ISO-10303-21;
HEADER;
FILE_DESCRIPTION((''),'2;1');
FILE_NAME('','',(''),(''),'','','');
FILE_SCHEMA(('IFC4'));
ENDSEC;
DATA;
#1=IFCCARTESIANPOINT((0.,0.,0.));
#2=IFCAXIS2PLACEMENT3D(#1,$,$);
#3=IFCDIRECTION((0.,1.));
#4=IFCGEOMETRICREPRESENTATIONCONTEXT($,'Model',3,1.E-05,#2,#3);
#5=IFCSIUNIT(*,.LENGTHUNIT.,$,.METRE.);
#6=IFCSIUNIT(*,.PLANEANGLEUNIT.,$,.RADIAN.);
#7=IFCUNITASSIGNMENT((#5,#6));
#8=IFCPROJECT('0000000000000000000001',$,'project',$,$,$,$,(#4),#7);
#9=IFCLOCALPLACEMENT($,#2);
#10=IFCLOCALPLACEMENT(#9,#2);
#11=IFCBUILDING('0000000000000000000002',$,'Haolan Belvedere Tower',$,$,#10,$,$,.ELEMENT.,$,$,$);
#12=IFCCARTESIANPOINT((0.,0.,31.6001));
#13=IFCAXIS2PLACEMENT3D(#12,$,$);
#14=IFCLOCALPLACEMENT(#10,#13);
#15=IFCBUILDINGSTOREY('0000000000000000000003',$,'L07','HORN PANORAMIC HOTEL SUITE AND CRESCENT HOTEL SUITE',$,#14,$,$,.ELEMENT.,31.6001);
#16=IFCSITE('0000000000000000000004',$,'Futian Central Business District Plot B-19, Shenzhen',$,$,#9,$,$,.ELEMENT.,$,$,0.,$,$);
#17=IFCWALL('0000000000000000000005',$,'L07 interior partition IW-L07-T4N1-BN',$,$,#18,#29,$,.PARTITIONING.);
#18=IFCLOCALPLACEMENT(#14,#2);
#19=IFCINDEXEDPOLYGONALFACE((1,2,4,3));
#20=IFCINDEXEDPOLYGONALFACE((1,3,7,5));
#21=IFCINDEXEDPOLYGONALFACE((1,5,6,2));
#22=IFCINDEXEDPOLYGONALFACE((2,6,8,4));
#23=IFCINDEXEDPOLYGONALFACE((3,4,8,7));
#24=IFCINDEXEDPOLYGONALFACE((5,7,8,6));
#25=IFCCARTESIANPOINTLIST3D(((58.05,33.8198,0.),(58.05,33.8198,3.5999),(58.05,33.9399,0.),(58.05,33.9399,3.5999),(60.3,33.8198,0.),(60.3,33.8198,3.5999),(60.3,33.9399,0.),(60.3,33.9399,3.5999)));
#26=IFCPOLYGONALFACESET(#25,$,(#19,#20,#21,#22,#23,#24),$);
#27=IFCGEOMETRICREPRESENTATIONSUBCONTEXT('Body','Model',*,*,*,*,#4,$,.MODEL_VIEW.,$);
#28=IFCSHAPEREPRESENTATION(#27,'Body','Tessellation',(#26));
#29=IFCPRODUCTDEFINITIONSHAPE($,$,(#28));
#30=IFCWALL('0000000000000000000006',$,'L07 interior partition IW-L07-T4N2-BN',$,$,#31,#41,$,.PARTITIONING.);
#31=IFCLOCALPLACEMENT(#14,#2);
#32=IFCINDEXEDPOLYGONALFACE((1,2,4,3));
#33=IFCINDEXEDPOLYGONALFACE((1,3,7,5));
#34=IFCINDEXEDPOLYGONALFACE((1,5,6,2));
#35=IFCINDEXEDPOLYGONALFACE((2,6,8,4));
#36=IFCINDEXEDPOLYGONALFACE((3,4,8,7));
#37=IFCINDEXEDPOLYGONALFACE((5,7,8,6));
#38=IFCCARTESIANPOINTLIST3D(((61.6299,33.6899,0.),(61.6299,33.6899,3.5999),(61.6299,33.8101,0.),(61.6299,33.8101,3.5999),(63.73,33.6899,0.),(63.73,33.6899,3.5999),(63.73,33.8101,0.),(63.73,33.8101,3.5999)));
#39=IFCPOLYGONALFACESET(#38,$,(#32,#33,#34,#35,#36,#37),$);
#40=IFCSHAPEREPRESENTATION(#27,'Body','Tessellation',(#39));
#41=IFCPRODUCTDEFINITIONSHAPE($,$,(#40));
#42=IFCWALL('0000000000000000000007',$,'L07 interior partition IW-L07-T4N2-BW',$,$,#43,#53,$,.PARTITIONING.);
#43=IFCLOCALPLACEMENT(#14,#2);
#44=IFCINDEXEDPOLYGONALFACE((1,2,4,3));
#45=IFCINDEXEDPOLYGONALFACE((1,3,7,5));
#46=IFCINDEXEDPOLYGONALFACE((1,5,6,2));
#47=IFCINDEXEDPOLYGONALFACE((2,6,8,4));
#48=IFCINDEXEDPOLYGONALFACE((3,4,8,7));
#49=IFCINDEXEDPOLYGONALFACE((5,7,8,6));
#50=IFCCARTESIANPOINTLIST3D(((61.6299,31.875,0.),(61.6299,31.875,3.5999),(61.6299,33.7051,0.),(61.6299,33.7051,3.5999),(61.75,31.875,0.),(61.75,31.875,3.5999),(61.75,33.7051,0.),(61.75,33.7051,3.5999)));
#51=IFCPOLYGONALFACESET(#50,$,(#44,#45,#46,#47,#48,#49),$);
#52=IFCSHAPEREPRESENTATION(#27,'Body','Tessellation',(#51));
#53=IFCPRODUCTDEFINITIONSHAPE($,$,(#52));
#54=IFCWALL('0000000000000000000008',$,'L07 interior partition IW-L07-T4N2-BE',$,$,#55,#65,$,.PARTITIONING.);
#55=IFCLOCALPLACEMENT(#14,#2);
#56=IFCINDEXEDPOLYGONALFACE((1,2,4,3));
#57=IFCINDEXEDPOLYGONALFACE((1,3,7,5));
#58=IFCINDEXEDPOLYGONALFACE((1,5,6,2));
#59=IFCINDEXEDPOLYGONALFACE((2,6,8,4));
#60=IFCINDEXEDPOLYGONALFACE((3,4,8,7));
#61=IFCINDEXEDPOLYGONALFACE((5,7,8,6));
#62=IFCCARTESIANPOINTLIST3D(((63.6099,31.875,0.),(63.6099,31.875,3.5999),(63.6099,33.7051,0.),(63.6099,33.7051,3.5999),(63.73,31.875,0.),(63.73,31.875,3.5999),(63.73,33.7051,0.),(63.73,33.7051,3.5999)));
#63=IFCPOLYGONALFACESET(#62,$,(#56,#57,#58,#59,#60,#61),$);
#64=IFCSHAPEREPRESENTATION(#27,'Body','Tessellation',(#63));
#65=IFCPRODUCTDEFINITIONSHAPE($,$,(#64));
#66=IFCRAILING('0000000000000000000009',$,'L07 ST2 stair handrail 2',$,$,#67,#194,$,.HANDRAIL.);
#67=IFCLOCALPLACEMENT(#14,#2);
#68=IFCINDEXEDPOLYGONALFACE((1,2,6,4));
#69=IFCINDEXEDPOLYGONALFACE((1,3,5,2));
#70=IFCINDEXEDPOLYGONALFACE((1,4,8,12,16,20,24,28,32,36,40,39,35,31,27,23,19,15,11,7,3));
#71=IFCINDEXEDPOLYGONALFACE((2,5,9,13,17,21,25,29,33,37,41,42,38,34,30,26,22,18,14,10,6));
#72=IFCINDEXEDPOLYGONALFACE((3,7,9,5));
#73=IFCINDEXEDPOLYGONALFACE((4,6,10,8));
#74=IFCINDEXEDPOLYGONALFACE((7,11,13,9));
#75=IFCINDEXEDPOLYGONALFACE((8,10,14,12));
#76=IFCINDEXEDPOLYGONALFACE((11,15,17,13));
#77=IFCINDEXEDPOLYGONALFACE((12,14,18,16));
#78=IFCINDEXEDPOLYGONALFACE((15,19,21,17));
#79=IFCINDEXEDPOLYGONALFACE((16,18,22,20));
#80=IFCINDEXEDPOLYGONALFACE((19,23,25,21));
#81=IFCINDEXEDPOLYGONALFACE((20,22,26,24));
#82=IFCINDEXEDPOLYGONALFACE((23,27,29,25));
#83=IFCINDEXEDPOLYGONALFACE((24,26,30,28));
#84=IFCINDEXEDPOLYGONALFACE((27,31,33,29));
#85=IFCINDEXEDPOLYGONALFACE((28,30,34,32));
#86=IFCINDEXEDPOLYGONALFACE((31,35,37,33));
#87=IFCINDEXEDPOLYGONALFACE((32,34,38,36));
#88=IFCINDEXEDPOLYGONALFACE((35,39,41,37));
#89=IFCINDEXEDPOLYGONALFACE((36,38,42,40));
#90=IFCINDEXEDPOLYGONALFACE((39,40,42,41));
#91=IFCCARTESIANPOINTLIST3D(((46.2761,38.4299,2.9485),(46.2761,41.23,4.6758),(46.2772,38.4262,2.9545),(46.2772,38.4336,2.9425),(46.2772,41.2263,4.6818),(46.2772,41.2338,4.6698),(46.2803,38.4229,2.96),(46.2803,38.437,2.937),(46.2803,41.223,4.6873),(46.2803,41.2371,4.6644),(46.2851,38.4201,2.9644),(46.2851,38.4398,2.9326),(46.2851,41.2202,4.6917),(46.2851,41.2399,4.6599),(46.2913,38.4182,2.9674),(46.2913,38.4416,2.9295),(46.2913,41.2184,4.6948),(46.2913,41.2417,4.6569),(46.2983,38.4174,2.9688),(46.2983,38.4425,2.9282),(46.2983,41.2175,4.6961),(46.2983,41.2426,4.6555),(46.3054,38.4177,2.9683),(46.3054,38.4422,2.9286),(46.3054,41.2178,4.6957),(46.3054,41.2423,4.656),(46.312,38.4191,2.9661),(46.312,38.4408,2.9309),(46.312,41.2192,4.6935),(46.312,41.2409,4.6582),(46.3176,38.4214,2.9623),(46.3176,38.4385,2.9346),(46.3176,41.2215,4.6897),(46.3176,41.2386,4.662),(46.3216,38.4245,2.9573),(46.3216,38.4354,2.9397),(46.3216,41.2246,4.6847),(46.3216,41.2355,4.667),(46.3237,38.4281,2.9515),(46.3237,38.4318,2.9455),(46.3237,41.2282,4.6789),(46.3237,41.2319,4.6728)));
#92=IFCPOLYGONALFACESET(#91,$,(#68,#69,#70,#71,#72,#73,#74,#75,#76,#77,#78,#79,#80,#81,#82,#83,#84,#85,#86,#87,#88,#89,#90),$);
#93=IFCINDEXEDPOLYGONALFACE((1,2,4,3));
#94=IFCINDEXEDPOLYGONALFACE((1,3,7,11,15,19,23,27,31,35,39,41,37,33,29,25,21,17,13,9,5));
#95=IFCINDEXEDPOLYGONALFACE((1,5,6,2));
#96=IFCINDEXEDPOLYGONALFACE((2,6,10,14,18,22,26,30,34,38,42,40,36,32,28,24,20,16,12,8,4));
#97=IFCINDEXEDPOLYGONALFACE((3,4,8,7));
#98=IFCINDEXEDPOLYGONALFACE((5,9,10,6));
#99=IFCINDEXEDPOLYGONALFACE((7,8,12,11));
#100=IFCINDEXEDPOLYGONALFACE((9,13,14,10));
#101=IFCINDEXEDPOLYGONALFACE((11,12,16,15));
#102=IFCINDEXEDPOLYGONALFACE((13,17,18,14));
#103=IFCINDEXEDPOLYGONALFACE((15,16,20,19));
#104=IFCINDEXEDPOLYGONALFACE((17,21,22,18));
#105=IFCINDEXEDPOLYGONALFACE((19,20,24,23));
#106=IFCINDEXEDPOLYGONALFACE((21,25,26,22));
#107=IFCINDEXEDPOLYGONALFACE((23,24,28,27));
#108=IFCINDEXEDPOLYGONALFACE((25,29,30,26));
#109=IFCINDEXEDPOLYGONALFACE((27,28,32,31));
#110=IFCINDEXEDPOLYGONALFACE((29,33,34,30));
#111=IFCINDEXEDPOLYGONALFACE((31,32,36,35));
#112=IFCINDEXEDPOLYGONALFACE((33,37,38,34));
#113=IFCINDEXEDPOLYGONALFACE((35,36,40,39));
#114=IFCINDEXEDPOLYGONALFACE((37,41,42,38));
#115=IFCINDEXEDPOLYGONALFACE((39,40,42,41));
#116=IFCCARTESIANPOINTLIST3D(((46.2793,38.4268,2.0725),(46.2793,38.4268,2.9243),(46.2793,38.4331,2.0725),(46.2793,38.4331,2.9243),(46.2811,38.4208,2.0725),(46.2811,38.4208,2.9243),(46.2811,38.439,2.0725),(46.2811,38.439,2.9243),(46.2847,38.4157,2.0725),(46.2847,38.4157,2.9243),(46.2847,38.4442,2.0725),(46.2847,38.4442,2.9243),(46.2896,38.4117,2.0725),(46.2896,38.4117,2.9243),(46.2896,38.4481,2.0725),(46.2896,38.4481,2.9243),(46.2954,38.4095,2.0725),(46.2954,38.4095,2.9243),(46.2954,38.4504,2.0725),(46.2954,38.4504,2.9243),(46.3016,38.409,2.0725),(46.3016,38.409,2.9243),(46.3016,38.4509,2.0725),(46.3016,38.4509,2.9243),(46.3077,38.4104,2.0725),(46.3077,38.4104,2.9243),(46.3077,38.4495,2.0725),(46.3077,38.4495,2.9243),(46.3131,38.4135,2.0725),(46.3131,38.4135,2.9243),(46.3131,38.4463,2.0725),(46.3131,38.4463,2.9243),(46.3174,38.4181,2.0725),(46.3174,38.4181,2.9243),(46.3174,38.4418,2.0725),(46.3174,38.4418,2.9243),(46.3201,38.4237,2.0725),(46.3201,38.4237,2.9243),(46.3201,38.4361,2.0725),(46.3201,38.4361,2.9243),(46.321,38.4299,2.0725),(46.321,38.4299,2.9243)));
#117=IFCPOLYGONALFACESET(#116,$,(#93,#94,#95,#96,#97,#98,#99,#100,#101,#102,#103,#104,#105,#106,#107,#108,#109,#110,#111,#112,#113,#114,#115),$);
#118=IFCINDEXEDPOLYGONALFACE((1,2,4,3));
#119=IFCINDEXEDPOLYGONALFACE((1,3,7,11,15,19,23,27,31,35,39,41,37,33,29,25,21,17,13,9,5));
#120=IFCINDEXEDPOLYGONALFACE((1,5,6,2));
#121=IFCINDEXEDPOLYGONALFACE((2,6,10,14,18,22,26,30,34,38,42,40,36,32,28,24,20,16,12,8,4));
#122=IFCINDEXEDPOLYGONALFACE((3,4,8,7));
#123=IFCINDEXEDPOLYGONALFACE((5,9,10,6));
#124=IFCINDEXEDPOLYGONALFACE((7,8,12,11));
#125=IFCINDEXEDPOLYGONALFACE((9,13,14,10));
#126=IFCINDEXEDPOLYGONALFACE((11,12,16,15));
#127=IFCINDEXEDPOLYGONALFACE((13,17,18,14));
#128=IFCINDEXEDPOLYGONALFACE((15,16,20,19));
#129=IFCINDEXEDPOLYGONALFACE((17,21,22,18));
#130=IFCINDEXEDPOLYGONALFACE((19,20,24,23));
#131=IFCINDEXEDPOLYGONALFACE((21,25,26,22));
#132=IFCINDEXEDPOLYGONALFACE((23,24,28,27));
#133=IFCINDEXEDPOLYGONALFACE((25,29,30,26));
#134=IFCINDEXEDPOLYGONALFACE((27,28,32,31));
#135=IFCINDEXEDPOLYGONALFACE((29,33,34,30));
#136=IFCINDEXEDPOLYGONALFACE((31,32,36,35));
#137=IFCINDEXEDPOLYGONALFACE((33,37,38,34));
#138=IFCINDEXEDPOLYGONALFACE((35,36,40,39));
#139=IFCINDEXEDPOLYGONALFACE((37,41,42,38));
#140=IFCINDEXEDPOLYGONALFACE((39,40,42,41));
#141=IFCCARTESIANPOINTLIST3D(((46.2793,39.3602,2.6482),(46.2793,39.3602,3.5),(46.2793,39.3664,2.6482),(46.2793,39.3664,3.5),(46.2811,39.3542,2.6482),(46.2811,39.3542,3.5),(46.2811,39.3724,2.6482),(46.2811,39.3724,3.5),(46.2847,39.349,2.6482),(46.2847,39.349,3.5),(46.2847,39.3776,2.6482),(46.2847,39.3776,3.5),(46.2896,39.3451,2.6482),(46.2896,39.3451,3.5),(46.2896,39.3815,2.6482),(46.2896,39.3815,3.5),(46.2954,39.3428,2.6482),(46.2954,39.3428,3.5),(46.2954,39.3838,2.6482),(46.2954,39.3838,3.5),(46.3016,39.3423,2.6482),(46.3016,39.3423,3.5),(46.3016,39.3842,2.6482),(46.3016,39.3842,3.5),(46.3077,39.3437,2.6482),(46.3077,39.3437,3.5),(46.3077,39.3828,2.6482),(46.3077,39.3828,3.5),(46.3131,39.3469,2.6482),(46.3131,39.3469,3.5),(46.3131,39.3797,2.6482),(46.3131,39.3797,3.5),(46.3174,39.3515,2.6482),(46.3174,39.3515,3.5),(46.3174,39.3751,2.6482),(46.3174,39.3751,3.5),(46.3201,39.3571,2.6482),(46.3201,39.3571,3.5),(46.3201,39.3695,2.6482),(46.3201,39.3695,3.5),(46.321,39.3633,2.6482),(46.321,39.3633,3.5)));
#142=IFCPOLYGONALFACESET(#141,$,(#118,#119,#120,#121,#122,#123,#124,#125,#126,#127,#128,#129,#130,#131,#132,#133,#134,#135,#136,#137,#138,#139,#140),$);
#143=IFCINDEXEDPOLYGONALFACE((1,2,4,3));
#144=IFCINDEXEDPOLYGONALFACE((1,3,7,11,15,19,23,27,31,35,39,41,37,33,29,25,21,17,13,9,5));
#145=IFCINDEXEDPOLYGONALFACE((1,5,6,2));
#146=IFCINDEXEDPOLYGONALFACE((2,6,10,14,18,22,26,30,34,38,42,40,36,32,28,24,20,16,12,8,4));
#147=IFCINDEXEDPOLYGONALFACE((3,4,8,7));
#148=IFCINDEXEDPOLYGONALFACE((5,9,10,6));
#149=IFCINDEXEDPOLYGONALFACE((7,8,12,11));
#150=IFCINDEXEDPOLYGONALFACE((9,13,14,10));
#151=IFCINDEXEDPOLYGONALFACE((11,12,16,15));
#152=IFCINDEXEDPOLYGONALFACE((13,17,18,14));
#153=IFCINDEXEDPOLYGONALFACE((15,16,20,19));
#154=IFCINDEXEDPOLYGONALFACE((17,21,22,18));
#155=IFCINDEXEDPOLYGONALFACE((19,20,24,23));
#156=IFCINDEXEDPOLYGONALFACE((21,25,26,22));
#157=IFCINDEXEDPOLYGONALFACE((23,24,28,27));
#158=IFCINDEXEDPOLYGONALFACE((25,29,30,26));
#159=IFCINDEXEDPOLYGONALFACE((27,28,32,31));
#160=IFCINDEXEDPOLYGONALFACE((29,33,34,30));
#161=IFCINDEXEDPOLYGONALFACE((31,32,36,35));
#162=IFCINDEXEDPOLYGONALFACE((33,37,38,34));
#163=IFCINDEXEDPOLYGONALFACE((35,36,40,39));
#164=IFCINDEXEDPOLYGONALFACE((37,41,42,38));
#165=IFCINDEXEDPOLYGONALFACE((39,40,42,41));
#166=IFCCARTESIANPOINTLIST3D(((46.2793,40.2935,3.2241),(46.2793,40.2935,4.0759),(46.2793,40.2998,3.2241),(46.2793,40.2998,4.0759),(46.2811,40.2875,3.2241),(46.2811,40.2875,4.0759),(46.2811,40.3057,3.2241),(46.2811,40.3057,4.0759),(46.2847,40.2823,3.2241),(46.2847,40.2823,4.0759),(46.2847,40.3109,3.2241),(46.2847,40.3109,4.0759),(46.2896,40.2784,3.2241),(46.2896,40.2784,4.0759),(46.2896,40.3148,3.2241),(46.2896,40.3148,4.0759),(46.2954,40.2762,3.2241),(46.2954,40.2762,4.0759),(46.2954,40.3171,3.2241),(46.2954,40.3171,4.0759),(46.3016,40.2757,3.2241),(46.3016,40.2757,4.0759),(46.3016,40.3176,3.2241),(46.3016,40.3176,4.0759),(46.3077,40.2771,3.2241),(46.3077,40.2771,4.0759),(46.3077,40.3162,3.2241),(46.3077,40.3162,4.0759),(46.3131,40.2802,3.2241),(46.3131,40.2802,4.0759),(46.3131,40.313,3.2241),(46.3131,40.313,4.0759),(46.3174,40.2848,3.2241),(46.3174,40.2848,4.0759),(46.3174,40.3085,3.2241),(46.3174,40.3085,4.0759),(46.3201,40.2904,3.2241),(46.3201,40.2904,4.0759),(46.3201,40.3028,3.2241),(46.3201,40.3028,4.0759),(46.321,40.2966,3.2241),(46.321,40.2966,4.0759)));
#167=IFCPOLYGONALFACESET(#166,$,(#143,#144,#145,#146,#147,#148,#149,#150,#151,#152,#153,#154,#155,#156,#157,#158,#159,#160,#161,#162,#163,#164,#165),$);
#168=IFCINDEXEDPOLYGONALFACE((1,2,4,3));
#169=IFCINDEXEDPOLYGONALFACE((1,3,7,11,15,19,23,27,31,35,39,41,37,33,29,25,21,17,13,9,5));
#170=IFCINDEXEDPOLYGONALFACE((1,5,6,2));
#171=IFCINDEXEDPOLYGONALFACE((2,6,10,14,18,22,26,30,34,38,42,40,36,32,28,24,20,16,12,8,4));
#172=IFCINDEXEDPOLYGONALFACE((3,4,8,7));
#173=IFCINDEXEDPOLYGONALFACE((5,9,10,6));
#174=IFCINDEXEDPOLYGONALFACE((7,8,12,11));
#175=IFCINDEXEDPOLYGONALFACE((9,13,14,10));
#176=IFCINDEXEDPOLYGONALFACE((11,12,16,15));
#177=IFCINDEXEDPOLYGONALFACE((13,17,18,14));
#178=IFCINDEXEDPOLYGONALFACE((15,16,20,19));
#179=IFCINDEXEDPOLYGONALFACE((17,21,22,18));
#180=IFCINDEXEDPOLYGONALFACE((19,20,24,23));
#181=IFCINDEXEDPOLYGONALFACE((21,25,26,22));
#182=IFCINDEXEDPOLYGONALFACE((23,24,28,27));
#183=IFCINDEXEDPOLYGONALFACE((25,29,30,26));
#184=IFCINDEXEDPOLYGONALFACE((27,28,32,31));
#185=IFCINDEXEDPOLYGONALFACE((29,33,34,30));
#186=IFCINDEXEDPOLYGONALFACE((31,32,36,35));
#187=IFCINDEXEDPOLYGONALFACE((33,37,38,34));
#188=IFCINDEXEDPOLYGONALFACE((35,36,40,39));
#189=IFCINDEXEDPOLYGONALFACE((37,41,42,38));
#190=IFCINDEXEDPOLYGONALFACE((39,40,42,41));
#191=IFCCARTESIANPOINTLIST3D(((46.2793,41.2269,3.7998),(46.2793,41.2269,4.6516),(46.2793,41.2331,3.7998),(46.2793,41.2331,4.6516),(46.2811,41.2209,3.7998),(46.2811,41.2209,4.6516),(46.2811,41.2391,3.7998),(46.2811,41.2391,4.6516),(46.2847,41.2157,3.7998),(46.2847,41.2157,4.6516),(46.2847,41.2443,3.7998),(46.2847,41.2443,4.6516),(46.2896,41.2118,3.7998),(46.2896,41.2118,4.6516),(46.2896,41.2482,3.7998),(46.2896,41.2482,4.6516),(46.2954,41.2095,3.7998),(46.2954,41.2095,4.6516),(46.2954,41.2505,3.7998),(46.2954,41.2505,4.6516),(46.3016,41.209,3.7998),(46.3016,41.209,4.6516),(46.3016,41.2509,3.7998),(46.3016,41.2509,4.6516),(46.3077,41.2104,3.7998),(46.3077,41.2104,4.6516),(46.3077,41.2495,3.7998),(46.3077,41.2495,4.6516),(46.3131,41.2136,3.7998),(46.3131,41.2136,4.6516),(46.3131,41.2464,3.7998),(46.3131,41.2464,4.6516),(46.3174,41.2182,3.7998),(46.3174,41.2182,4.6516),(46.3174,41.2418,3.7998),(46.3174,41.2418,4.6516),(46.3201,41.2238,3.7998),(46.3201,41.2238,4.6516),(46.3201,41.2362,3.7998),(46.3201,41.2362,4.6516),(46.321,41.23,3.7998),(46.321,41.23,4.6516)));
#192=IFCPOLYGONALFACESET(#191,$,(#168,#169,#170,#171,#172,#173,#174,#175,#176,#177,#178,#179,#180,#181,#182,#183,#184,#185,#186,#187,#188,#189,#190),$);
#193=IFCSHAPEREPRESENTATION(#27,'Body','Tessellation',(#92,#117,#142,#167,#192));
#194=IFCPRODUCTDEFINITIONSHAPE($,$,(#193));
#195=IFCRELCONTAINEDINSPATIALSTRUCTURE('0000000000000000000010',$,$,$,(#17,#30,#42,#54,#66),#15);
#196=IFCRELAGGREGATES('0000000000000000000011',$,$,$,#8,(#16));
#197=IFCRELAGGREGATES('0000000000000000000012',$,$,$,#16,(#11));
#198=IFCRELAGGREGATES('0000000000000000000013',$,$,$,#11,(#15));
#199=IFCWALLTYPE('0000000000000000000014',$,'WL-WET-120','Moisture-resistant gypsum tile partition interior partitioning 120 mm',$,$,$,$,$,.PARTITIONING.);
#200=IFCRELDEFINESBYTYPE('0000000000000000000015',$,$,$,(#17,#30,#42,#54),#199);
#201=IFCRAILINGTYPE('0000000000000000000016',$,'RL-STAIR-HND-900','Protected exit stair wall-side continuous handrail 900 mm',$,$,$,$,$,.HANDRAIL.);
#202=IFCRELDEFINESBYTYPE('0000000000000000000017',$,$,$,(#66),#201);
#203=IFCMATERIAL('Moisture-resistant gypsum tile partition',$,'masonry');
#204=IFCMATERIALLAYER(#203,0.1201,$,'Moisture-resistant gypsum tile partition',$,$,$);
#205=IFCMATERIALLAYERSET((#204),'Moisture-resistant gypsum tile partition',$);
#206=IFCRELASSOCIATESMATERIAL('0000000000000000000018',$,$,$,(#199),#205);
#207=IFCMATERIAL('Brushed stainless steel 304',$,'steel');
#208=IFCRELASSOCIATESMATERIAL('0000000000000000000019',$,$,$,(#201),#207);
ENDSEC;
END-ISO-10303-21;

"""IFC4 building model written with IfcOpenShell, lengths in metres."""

from ifc_helpers import new_model, si_unit, direction, frame, frame_2d, origin, origin_2d, place, context, subcontext, project, spatial, rectangle, circle, extrude, material, layer, layer_set, type_object, element, save


model = new_model("IFC4")

# Units and contexts
model_context = context("Model", 3, precision=1e-05, world=origin(), true_north=direction((0.0, 1.0)))
body_context = subcontext(model_context, "Body", "Model", "MODEL_VIEW")
ifc_project = project(units=[si_unit("LENGTHUNIT", "METRE"), si_unit("PLANEANGLEUNIT", "RADIAN")], contexts=[model_context])

# Site, building, storey
site_placement = place(None, origin())
site = spatial("IfcSite", under=ifc_project, at=site_placement, Name="Futian Central Business District Plot B-19, Shenzhen", CompositionType="ELEMENT", RefElevation=0.0)
building_placement = place(site_placement, origin())
building = spatial("IfcBuilding", under=site, at=building_placement, Name="Haolan Belvedere Tower", CompositionType="ELEMENT")
storey_placement = place(building_placement, frame((0.0, 0.0, 31.6001)))
storey = spatial("IfcBuildingStorey", under=building, at=storey_placement, Name="L07", Description="HORN PANORAMIC HOTEL SUITE AND CRESCENT HOTEL SUITE", CompositionType="ELEMENT", Elevation=31.6001)

# Walls
ifc_material_1 = material(Name="Moisture-resistant gypsum tile partition", Category="masonry")
ifc_layer_1 = layer(ifc_material_1, 0.1201, Name="Moisture-resistant gypsum tile partition")
ifc_layer_set_1 = layer_set([ifc_layer_1], Name="Moisture-resistant gypsum tile partition")
wall_type_1 = type_object("IfcWallType", Name="WL-WET-120", Description="Moisture-resistant gypsum tile partition interior partitioning 120 mm", PredefinedType="PARTITIONING", material=ifc_layer_set_1)
wall_1_placement = place(storey_placement, frame((58.05, 33.8799, 0.0), z_axis=(0.0, 0.0, 1.0), x_axis=(1.0, 0.0, 0.0)))
element("IfcWall", 1, at=wall_1_placement, inside=storey, type_object=wall_type_1, Name="L07 interior partition IW-L07-T4N1-BN", PredefinedType="PARTITIONING", context=body_context, shape_type="SweptSolid", body=[
    extrude(rectangle(XDim=2.25, YDim=0.1201, at=frame_2d((1.125, 0.0))), origin(), (0.0, 0.0, 1.0), 3.5999),
])
wall_2_placement = place(storey_placement, frame((61.6299, 33.75, 0.0), z_axis=(0.0, 0.0, 1.0), x_axis=(1.0, 0.0, 0.0)))
element("IfcWall", 2, at=wall_2_placement, inside=storey, type_object=wall_type_1, Name="L07 interior partition IW-L07-T4N2-BN", PredefinedType="PARTITIONING", context=body_context, shape_type="SweptSolid", body=[
    extrude(rectangle(XDim=2.1001, YDim=0.1201, at=frame_2d((1.05, 0.0))), origin(), (0.0, 0.0, 1.0), 3.5999),
])
for number, where, z_axis, x_axis, name in (
    (3, (61.6899, 31.875, 0.0), (0.0, 0.0, 1.0), (0.0, 1.0, 0.0), "L07 interior partition IW-L07-T4N2-BW"),
    (4, (63.6699, 31.875, 0.0), (0.0, 0.0, 1.0), (0.0, 1.0, 0.0), "L07 interior partition IW-L07-T4N2-BE"),
):
    element("IfcWall", number, at=place(storey_placement, frame(where, z_axis=z_axis, x_axis=x_axis)), inside=storey, type_object=wall_type_1, Name=name, PredefinedType="PARTITIONING", context=body_context, shape_type="SweptSolid", body=[
        extrude(rectangle(XDim=1.8301, YDim=0.1201, at=frame_2d((0.915, 0.0))), origin(), (0.0, 0.0, 1.0), 3.5999),
    ])

# Railing
ifc_material_2 = material(Name="Brushed stainless steel 304", Category="steel")
railing_type = type_object("IfcRailingType", Name="RL-STAIR-HND-900", Description="Protected exit stair wall-side continuous handrail 900 mm", PredefinedType="HANDRAIL", material=ifc_material_2)
railing_placement = place(storey_placement, frame((46.3, 38.4299, 2.0725)))
element("IfcRailing", 5, at=railing_placement, inside=storey, type_object=railing_type, Name="L07 ST2 stair handrail 2", PredefinedType="HANDRAIL", context=body_context, shape_type="SweptSolid", body=[
    extrude(circle(Radius=0.0239, at=origin_2d()), frame((0.0, 0.0, 0.876), z_axis=(0.0, 0.85109, 0.52502), x_axis=(-1.0, 0.0, 0.0)), (0.0, 0.0, 1.0), 3.29),
    extrude(circle(Radius=0.021, at=origin_2d()), origin(), (0.0, 0.0, 1.0), 0.8518),
    extrude(circle(Radius=0.021, at=origin_2d()), frame((0.0, 0.9333, 0.5757)), (0.0, 0.0, 1.0), 0.8518),
    extrude(circle(Radius=0.021, at=origin_2d()), frame((0.0, 1.8667, 1.1516)), (0.0, 0.0, 1.0), 0.8518),
    extrude(circle(Radius=0.021, at=origin_2d()), frame((0.0, 2.8, 1.7273)), (0.0, 0.0, 1.0), 0.8518),
])

save(model, "model.ifc")
